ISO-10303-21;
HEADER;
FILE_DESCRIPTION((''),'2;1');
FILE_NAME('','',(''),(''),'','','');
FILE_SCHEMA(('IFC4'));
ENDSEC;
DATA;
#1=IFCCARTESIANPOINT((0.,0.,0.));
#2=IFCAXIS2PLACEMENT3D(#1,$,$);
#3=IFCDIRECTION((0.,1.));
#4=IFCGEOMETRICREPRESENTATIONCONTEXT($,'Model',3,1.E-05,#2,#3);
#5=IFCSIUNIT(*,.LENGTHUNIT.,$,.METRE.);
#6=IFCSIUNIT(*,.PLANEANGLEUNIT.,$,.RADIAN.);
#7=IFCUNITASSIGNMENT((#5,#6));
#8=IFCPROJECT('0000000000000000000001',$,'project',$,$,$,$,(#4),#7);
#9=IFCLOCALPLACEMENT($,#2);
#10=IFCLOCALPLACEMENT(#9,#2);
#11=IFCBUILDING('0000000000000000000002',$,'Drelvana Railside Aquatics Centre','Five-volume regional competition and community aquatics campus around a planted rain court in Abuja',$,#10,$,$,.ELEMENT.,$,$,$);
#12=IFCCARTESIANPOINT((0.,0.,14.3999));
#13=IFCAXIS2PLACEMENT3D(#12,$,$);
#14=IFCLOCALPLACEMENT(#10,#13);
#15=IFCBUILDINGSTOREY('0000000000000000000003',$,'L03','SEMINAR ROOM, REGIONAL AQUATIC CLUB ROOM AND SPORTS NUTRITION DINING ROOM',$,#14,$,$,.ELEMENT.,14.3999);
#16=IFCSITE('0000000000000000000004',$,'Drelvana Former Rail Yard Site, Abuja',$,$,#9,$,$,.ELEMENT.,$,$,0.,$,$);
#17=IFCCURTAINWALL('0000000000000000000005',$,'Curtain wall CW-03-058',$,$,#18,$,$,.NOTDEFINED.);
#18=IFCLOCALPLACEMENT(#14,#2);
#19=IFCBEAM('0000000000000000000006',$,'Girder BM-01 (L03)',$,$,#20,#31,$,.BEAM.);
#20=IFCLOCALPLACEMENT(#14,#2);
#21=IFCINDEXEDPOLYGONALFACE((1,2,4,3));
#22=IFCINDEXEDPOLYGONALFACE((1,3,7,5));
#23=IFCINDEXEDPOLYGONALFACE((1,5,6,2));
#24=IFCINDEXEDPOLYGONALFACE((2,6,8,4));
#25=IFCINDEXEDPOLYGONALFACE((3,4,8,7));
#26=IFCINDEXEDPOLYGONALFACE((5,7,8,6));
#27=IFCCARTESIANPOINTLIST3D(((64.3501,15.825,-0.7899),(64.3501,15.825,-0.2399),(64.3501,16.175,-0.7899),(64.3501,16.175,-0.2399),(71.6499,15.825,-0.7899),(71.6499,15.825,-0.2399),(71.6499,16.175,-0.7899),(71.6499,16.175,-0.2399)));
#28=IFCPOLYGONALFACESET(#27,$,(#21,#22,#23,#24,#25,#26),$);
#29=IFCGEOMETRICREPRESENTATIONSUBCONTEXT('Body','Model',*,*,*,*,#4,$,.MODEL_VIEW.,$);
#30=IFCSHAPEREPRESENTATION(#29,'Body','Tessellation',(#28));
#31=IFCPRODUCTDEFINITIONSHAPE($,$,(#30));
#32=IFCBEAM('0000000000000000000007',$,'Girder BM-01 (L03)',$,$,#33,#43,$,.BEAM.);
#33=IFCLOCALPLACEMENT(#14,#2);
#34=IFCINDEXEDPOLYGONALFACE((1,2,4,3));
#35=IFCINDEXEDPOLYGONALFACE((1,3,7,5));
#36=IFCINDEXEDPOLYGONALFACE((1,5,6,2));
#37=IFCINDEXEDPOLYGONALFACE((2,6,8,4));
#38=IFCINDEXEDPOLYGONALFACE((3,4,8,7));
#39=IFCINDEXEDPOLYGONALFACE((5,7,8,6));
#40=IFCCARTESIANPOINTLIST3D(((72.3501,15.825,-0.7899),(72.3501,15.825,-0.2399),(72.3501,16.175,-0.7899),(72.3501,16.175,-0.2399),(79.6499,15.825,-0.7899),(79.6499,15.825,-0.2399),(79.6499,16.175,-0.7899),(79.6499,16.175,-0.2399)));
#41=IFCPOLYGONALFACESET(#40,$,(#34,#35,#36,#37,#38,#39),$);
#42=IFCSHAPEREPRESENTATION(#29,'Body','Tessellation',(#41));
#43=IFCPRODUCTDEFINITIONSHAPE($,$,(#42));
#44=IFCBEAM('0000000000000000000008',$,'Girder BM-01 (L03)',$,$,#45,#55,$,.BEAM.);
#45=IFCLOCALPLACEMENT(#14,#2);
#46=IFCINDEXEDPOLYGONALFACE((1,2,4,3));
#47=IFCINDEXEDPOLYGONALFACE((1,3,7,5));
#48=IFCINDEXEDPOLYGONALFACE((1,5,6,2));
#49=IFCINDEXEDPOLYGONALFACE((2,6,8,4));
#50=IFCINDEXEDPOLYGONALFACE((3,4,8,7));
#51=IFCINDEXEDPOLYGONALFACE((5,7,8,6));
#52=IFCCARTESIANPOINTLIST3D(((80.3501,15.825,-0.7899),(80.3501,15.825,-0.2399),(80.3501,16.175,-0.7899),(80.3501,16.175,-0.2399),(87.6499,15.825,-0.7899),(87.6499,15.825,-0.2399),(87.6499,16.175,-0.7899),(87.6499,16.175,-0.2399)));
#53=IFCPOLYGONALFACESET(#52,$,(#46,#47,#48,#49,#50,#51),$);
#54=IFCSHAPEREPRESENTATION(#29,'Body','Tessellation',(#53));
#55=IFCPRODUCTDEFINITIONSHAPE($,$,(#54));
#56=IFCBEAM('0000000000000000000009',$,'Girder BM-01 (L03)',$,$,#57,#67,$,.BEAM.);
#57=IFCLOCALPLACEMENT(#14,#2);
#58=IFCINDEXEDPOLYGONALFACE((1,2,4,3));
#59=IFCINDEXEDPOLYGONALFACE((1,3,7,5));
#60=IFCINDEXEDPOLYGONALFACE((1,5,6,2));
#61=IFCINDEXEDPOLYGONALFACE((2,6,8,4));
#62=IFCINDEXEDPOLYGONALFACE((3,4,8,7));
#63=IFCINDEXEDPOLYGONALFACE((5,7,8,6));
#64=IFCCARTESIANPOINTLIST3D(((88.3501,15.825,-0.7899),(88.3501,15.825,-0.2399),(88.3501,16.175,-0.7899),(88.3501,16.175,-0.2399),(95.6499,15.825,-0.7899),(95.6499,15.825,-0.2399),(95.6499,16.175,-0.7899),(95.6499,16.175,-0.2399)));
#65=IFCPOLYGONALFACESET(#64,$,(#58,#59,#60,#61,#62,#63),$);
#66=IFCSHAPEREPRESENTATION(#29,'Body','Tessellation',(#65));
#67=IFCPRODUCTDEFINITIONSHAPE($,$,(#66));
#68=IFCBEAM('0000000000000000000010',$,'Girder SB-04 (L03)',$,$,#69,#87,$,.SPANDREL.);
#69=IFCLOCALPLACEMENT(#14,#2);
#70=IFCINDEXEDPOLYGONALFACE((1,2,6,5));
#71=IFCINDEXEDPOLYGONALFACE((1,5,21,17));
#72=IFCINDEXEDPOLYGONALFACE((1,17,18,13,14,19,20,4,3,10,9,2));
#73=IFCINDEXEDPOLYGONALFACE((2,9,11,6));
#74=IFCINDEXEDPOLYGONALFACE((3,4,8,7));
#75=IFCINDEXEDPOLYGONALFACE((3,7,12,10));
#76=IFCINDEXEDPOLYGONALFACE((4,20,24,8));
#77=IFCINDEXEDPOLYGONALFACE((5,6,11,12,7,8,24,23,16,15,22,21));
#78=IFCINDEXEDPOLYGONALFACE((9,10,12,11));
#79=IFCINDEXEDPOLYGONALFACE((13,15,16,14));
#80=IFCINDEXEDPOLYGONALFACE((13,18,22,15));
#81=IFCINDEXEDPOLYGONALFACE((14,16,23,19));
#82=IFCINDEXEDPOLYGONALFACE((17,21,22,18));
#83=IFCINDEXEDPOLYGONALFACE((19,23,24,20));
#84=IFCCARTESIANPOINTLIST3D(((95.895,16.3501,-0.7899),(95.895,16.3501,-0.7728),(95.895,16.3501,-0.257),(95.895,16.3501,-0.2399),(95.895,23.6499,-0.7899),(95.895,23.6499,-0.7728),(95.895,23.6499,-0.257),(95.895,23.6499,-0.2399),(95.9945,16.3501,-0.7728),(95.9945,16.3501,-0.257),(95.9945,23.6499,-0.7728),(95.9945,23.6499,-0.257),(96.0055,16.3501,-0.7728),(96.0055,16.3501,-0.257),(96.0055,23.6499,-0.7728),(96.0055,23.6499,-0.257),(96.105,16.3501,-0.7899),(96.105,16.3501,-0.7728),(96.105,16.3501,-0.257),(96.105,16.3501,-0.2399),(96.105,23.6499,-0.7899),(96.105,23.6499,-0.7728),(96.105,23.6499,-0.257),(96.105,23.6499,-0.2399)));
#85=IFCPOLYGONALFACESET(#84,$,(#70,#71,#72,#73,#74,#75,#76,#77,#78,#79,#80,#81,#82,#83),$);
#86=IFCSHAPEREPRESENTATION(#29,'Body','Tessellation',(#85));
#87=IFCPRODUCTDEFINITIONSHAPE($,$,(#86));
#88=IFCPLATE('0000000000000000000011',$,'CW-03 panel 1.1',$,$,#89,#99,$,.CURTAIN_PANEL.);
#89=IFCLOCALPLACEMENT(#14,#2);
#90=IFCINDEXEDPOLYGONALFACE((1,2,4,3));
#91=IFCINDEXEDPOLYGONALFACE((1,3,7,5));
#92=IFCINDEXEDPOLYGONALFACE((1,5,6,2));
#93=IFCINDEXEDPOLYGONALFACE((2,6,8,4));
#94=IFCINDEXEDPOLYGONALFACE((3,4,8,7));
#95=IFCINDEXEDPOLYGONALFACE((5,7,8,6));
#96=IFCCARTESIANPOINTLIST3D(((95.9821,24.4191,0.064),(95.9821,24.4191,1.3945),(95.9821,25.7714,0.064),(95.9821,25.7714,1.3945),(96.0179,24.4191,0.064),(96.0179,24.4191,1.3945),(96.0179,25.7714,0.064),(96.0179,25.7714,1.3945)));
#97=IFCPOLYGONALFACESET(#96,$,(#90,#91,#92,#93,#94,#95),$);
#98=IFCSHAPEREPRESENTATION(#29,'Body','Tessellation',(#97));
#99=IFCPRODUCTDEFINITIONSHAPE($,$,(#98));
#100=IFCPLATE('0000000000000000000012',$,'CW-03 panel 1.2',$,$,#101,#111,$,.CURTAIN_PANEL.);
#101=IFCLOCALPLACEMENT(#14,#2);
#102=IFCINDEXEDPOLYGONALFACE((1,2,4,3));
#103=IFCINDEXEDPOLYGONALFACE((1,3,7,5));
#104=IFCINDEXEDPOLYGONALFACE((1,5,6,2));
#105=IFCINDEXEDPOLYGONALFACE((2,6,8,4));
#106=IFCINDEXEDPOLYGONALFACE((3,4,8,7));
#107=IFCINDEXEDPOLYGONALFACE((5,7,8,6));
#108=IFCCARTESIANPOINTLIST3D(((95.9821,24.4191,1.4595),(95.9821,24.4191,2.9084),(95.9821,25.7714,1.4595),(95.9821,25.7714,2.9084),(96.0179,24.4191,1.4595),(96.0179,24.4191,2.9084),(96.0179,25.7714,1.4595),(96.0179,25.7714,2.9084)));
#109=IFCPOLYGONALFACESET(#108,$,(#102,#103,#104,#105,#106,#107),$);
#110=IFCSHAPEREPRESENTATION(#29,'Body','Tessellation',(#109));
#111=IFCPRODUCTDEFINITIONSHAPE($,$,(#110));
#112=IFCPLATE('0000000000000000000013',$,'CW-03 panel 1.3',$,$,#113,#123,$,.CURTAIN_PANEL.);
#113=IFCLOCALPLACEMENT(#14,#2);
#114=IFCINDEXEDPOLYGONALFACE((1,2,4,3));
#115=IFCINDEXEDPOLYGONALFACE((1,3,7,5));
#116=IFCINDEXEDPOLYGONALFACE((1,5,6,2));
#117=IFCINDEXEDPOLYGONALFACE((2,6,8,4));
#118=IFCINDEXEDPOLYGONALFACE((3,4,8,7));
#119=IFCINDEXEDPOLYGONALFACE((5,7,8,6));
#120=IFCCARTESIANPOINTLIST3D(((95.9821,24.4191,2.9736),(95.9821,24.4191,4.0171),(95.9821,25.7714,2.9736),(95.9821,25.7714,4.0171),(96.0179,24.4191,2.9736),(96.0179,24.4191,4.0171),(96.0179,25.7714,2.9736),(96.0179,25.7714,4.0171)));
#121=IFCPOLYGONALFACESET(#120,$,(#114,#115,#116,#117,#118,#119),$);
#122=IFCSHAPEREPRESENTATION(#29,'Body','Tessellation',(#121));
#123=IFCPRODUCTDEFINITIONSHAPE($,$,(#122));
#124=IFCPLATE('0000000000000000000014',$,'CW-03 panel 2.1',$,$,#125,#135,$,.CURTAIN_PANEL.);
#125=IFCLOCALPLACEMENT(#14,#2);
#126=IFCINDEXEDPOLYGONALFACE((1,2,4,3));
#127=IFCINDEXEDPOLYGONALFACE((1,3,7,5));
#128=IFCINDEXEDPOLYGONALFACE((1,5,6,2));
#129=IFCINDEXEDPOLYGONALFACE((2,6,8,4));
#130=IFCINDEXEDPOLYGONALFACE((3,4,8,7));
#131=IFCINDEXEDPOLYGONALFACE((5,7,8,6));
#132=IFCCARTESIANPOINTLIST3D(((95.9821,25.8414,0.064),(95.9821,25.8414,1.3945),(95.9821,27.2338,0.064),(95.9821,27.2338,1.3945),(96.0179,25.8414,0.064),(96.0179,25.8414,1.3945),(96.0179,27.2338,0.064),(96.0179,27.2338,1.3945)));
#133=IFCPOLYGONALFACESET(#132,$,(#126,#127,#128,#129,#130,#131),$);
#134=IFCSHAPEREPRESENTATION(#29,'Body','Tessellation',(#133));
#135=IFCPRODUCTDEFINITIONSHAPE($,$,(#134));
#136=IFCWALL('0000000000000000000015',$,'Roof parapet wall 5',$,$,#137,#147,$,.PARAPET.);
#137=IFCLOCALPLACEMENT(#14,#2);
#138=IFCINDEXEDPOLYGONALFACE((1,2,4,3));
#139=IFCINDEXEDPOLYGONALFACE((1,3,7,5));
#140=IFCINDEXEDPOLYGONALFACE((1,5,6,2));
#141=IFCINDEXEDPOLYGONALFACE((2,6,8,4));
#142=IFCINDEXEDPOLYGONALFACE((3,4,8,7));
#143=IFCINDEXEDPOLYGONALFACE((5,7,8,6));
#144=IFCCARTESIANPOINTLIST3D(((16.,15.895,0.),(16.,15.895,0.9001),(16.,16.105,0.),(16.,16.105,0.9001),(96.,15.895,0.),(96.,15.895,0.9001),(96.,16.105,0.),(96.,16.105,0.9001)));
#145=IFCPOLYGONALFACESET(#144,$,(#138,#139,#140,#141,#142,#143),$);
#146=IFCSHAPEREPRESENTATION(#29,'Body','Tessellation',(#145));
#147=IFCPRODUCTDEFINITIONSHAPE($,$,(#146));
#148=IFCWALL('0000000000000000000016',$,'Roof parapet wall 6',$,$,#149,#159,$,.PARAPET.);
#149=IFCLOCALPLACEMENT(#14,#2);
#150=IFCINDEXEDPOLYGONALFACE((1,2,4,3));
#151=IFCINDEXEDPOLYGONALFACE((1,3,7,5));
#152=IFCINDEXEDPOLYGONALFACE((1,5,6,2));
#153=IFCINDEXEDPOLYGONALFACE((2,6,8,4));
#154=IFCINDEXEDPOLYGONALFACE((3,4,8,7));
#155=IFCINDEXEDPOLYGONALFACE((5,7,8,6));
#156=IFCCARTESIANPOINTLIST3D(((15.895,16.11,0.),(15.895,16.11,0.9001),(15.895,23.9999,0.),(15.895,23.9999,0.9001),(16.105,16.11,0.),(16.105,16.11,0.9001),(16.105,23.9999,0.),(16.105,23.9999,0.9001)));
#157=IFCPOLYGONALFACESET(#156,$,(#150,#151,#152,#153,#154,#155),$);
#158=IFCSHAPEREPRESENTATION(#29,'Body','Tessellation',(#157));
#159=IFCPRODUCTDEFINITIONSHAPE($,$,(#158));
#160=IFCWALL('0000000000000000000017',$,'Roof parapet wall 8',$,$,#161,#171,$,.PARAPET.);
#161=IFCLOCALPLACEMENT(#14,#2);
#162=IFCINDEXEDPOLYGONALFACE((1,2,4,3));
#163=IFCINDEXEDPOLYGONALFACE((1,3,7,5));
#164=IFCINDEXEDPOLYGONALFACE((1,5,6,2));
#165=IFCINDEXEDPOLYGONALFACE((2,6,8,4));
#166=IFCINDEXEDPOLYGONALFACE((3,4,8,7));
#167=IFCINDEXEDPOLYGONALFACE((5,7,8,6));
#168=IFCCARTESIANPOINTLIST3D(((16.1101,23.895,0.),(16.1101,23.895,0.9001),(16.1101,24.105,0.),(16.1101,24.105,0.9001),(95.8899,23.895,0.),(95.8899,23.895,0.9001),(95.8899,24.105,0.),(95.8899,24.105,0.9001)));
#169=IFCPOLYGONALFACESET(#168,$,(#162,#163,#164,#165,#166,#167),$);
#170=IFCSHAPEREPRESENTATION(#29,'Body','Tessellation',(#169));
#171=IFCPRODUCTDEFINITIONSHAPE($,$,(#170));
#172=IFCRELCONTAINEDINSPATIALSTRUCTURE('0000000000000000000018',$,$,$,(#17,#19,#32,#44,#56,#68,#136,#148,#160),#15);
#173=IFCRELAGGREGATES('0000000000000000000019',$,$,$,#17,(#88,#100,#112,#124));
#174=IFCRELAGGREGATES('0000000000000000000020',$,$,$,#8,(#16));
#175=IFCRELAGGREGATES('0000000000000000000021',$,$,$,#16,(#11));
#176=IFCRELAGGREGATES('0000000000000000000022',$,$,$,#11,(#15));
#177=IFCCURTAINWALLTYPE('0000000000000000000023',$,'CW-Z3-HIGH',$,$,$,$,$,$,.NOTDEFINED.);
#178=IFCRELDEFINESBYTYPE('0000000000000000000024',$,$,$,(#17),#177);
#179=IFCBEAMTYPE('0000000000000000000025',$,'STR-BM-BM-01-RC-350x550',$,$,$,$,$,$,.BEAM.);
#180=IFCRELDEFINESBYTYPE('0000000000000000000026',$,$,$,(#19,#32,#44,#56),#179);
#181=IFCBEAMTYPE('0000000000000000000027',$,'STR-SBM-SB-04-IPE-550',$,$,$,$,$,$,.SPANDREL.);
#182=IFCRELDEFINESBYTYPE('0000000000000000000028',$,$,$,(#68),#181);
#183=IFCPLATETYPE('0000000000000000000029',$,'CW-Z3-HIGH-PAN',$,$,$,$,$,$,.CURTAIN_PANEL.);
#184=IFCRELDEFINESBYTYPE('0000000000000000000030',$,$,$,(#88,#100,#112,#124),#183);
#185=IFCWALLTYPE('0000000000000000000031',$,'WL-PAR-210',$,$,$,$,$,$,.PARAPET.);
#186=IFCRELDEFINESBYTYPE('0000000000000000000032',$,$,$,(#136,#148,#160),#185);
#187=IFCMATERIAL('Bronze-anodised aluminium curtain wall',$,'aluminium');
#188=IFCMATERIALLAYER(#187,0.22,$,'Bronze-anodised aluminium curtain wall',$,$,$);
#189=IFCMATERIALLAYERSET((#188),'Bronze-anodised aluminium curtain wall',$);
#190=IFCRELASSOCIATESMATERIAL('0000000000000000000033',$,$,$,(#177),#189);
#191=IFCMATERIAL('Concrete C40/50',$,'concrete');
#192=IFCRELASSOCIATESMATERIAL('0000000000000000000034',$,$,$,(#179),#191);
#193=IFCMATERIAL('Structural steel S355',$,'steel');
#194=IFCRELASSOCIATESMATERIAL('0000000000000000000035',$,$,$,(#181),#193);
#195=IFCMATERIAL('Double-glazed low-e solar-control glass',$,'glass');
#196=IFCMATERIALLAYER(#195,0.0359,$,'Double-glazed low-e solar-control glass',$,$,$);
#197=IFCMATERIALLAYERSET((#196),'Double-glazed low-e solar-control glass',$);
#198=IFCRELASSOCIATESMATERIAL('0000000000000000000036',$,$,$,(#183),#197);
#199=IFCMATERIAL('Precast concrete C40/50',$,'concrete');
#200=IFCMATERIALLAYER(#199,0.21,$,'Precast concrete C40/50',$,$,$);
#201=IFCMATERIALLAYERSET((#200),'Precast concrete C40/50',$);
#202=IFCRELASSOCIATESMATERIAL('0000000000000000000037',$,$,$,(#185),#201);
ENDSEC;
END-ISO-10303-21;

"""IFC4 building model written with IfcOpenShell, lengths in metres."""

from ifc_helpers import new_model, si_unit, direction, frame, frame_2d, origin, origin_2d, place, context, subcontext, project, spatial, rectangle, i_section, extrude, material, layer, layer_set, material_profile, profile_set, type_object, element, aggregate, save


model = new_model("IFC4")

# Units and contexts
model_context = context("Model", 3, precision=1e-05, world=origin(), true_north=direction((0.0, 1.0)))
body_context = subcontext(model_context, "Body", "Model", "MODEL_VIEW")
ifc_project = project(units=[si_unit("LENGTHUNIT", "METRE"), si_unit("PLANEANGLEUNIT", "RADIAN")], contexts=[model_context])

# Site, building, storey
site_placement = place(None, origin())
site = spatial("IfcSite", under=ifc_project, at=site_placement, Name="Drelvana Former Rail Yard Site, Abuja", CompositionType="ELEMENT", RefElevation=0.0)
building_placement = place(site_placement, origin())
building = spatial("IfcBuilding", under=site, at=building_placement, Name="Drelvana Railside Aquatics Centre", Description="Five-volume regional competition and community aquatics campus around a planted rain court in Abuja", CompositionType="ELEMENT")
storey_placement = place(building_placement, frame((0.0, 0.0, 14.3999)))
storey = spatial("IfcBuildingStorey", under=building, at=storey_placement, Name="L03", Description="SEMINAR ROOM, REGIONAL AQUATIC CLUB ROOM AND SPORTS NUTRITION DINING ROOM", CompositionType="ELEMENT", Elevation=14.3999)

# Curtain wall
ifc_material_1 = material(Name="Bronze-anodised aluminium curtain wall", Category="aluminium")
ifc_layer_1 = layer(ifc_material_1, 0.22, Name="Bronze-anodised aluminium curtain wall")
ifc_layer_set_1 = layer_set([ifc_layer_1], Name="Bronze-anodised aluminium curtain wall")
curtain_wall_type = type_object("IfcCurtainWallType", Name="CW-Z3-HIGH", PredefinedType="NOTDEFINED", material=ifc_layer_set_1)
curtain_wall_placement = place(storey_placement, origin())
curtain_wall = element("IfcCurtainWall", 1, at=curtain_wall_placement, inside=storey, type_object=curtain_wall_type, Name="Curtain wall CW-03-058", PredefinedType="NOTDEFINED")

# Beams
ifc_material_2 = material(Name="Concrete C40/50", Category="concrete")
ifc_material_profile_1 = material_profile(ifc_material_2, rectangle(XDim=0.3501, YDim=0.55, at=origin_2d()), Name="RC 350x550")
ifc_profile_set_1 = profile_set([ifc_material_profile_1], Name="Concrete C40/50")
beam_type_1 = type_object("IfcBeamType", Name="STR-BM-BM-01-RC-350x550", PredefinedType="BEAM", material=ifc_profile_set_1)
for number, where, z_axis, x_axis, name in (
    (2, (64.3501, 16.0, -0.5149), (1.0, 0.0, 0.0), (0.0, 1.0, 0.0), "Girder BM-01 (L03)"),
    (3, (72.3501, 16.0, -0.5149), (1.0, 0.0, 0.0), (0.0, 1.0, 0.0), "Girder BM-01 (L03)"),
    (4, (80.3501, 16.0, -0.5149), (1.0, 0.0, 0.0), (0.0, 1.0, 0.0), "Girder BM-01 (L03)"),
    (5, (88.3501, 16.0, -0.5149), (1.0, 0.0, 0.0), (0.0, 1.0, 0.0), "Girder BM-01 (L03)"),
):
    element("IfcBeam", number, at=place(storey_placement, frame(where, z_axis=z_axis, x_axis=x_axis)), inside=storey, type_object=beam_type_1, Name=name, PredefinedType="BEAM", context=body_context, shape_type="SweptSolid", body=[
        extrude(rectangle(XDim=0.3501, YDim=0.55, at=origin_2d()), origin(), (0.0, 0.0, 1.0), 7.2998),
    ])
ifc_material_3 = material(Name="Structural steel S355", Category="steel")
ifc_material_profile_2 = material_profile(ifc_material_3, i_section(OverallWidth=0.21, OverallDepth=0.55, WebThickness=0.011, FlangeThickness=0.0171, at=origin_2d()), Name="IPE 550")
ifc_profile_set_2 = profile_set([ifc_material_profile_2], Name="Structural steel S355")
beam_type_2 = type_object("IfcBeamType", Name="STR-SBM-SB-04-IPE-550", PredefinedType="SPANDREL", material=ifc_profile_set_2)
beam_placement = place(storey_placement, frame((96.0, 16.3501, -0.5149), z_axis=(0.0, 1.0, 0.0), x_axis=(-1.0, 0.0, 0.0)))
element("IfcBeam", 6, at=beam_placement, inside=storey, type_object=beam_type_2, Name="Girder SB-04 (L03)", PredefinedType="SPANDREL", context=body_context, shape_type="SweptSolid", body=[
    extrude(i_section(OverallWidth=0.21, OverallDepth=0.55, WebThickness=0.011, FlangeThickness=0.0171, at=origin_2d()), origin(), (0.0, 0.0, 1.0), 7.2998),
])

# Plates
ifc_material_4 = material(Name="Double-glazed low-e solar-control glass", Category="glass")
ifc_layer_2 = layer(ifc_material_4, 0.0359, Name="Double-glazed low-e solar-control glass")
ifc_layer_set_2 = layer_set([ifc_layer_2], Name="Double-glazed low-e solar-control glass")
plate_type = type_object("IfcPlateType", Name="CW-Z3-HIGH-PAN", PredefinedType="CURTAIN_PANEL", material=ifc_layer_set_2)
plate_1_placement = place(storey_placement, frame((96.0, 25.0952, 0.064), z_axis=(0.0, 0.0, 1.0), x_axis=(0.0, 1.0, 0.0)))
plate_1 = element("IfcPlate", 7, at=plate_1_placement, type_object=plate_type, Name="CW-03 panel 1.1", PredefinedType="CURTAIN_PANEL", context=body_context, shape_type="SweptSolid", body=[
    extrude(rectangle(XDim=1.3523, YDim=0.0359, at=origin_2d()), origin(), (0.0, 0.0, 1.0), 1.3306),
])
plate_2_placement = place(storey_placement, frame((96.0, 25.0952, 1.4595), z_axis=(0.0, 0.0, 1.0), x_axis=(0.0, 1.0, 0.0)))
plate_2 = element("IfcPlate", 8, at=plate_2_placement, type_object=plate_type, Name="CW-03 panel 1.2", PredefinedType="CURTAIN_PANEL", context=body_context, shape_type="SweptSolid", body=[
    extrude(rectangle(XDim=1.3523, YDim=0.0359, at=origin_2d()), origin(), (0.0, 0.0, 1.0), 1.449),
])
plate_3_placement = place(storey_placement, frame((96.0, 25.0952, 2.9736), z_axis=(0.0, 0.0, 1.0), x_axis=(0.0, 1.0, 0.0)))
plate_3 = element("IfcPlate", 9, at=plate_3_placement, type_object=plate_type, Name="CW-03 panel 1.3", PredefinedType="CURTAIN_PANEL", context=body_context, shape_type="SweptSolid", body=[
    extrude(rectangle(XDim=1.3523, YDim=0.0359, at=origin_2d()), origin(), (0.0, 0.0, 1.0), 1.0435),
])
plate_4_placement = place(storey_placement, frame((96.0, 26.5376, 0.064), z_axis=(0.0, 0.0, 1.0), x_axis=(0.0, 1.0, 0.0)))
plate_4 = element("IfcPlate", 10, at=plate_4_placement, type_object=plate_type, Name="CW-03 panel 2.1", PredefinedType="CURTAIN_PANEL", context=body_context, shape_type="SweptSolid", body=[
    extrude(rectangle(XDim=1.3923, YDim=0.0359, at=origin_2d()), origin(), (0.0, 0.0, 1.0), 1.3306),
])
aggregate(curtain_wall, [plate_1, plate_2, plate_3, plate_4])

# Walls
ifc_material_5 = material(Name="Precast concrete C40/50", Category="concrete")
ifc_layer_3 = layer(ifc_material_5, 0.21, Name="Precast concrete C40/50")
ifc_layer_set_3 = layer_set([ifc_layer_3], Name="Precast concrete C40/50")
wall_type = type_object("IfcWallType", Name="WL-PAR-210", PredefinedType="PARAPET", material=ifc_layer_set_3)
wall_1_placement = place(storey_placement, frame((16.0, 16.0, 0.0), z_axis=(0.0, 0.0, 1.0), x_axis=(1.0, 0.0, 0.0)))
element("IfcWall", 11, at=wall_1_placement, inside=storey, type_object=wall_type, Name="Roof parapet wall 5", PredefinedType="PARAPET", context=body_context, shape_type="SweptSolid", body=[
    extrude(rectangle(XDim=80.0, YDim=0.21, at=frame_2d((40.0, 0.0))), origin(), (0.0, 0.0, 1.0), 0.9001),
])
wall_2_placement = place(storey_placement, frame((16.0, 16.1101, 0.0), z_axis=(0.0, 0.0, 1.0), x_axis=(0.0, 1.0, 0.0)))
element("IfcWall", 12, at=wall_2_placement, inside=storey, type_object=wall_type, Name="Roof parapet wall 6", PredefinedType="PARAPET", context=body_context, shape_type="SweptSolid", body=[
    extrude(rectangle(XDim=7.8899, YDim=0.21, at=frame_2d((3.9448, 0.0))), origin(), (0.0, 0.0, 1.0), 0.9001),
])
wall_3_placement = place(storey_placement, frame((16.1101, 24.0, 0.0), z_axis=(0.0, 0.0, 1.0), x_axis=(1.0, 0.0, 0.0)))
element("IfcWall", 13, at=wall_3_placement, inside=storey, type_object=wall_type, Name="Roof parapet wall 8", PredefinedType="PARAPET", context=body_context, shape_type="SweptSolid", body=[
    extrude(rectangle(XDim=79.7798, YDim=0.21, at=frame_2d((39.8899, 0.0))), origin(), (0.0, 0.0, 1.0), 0.9001),
])

save(model, "model.ifc")
